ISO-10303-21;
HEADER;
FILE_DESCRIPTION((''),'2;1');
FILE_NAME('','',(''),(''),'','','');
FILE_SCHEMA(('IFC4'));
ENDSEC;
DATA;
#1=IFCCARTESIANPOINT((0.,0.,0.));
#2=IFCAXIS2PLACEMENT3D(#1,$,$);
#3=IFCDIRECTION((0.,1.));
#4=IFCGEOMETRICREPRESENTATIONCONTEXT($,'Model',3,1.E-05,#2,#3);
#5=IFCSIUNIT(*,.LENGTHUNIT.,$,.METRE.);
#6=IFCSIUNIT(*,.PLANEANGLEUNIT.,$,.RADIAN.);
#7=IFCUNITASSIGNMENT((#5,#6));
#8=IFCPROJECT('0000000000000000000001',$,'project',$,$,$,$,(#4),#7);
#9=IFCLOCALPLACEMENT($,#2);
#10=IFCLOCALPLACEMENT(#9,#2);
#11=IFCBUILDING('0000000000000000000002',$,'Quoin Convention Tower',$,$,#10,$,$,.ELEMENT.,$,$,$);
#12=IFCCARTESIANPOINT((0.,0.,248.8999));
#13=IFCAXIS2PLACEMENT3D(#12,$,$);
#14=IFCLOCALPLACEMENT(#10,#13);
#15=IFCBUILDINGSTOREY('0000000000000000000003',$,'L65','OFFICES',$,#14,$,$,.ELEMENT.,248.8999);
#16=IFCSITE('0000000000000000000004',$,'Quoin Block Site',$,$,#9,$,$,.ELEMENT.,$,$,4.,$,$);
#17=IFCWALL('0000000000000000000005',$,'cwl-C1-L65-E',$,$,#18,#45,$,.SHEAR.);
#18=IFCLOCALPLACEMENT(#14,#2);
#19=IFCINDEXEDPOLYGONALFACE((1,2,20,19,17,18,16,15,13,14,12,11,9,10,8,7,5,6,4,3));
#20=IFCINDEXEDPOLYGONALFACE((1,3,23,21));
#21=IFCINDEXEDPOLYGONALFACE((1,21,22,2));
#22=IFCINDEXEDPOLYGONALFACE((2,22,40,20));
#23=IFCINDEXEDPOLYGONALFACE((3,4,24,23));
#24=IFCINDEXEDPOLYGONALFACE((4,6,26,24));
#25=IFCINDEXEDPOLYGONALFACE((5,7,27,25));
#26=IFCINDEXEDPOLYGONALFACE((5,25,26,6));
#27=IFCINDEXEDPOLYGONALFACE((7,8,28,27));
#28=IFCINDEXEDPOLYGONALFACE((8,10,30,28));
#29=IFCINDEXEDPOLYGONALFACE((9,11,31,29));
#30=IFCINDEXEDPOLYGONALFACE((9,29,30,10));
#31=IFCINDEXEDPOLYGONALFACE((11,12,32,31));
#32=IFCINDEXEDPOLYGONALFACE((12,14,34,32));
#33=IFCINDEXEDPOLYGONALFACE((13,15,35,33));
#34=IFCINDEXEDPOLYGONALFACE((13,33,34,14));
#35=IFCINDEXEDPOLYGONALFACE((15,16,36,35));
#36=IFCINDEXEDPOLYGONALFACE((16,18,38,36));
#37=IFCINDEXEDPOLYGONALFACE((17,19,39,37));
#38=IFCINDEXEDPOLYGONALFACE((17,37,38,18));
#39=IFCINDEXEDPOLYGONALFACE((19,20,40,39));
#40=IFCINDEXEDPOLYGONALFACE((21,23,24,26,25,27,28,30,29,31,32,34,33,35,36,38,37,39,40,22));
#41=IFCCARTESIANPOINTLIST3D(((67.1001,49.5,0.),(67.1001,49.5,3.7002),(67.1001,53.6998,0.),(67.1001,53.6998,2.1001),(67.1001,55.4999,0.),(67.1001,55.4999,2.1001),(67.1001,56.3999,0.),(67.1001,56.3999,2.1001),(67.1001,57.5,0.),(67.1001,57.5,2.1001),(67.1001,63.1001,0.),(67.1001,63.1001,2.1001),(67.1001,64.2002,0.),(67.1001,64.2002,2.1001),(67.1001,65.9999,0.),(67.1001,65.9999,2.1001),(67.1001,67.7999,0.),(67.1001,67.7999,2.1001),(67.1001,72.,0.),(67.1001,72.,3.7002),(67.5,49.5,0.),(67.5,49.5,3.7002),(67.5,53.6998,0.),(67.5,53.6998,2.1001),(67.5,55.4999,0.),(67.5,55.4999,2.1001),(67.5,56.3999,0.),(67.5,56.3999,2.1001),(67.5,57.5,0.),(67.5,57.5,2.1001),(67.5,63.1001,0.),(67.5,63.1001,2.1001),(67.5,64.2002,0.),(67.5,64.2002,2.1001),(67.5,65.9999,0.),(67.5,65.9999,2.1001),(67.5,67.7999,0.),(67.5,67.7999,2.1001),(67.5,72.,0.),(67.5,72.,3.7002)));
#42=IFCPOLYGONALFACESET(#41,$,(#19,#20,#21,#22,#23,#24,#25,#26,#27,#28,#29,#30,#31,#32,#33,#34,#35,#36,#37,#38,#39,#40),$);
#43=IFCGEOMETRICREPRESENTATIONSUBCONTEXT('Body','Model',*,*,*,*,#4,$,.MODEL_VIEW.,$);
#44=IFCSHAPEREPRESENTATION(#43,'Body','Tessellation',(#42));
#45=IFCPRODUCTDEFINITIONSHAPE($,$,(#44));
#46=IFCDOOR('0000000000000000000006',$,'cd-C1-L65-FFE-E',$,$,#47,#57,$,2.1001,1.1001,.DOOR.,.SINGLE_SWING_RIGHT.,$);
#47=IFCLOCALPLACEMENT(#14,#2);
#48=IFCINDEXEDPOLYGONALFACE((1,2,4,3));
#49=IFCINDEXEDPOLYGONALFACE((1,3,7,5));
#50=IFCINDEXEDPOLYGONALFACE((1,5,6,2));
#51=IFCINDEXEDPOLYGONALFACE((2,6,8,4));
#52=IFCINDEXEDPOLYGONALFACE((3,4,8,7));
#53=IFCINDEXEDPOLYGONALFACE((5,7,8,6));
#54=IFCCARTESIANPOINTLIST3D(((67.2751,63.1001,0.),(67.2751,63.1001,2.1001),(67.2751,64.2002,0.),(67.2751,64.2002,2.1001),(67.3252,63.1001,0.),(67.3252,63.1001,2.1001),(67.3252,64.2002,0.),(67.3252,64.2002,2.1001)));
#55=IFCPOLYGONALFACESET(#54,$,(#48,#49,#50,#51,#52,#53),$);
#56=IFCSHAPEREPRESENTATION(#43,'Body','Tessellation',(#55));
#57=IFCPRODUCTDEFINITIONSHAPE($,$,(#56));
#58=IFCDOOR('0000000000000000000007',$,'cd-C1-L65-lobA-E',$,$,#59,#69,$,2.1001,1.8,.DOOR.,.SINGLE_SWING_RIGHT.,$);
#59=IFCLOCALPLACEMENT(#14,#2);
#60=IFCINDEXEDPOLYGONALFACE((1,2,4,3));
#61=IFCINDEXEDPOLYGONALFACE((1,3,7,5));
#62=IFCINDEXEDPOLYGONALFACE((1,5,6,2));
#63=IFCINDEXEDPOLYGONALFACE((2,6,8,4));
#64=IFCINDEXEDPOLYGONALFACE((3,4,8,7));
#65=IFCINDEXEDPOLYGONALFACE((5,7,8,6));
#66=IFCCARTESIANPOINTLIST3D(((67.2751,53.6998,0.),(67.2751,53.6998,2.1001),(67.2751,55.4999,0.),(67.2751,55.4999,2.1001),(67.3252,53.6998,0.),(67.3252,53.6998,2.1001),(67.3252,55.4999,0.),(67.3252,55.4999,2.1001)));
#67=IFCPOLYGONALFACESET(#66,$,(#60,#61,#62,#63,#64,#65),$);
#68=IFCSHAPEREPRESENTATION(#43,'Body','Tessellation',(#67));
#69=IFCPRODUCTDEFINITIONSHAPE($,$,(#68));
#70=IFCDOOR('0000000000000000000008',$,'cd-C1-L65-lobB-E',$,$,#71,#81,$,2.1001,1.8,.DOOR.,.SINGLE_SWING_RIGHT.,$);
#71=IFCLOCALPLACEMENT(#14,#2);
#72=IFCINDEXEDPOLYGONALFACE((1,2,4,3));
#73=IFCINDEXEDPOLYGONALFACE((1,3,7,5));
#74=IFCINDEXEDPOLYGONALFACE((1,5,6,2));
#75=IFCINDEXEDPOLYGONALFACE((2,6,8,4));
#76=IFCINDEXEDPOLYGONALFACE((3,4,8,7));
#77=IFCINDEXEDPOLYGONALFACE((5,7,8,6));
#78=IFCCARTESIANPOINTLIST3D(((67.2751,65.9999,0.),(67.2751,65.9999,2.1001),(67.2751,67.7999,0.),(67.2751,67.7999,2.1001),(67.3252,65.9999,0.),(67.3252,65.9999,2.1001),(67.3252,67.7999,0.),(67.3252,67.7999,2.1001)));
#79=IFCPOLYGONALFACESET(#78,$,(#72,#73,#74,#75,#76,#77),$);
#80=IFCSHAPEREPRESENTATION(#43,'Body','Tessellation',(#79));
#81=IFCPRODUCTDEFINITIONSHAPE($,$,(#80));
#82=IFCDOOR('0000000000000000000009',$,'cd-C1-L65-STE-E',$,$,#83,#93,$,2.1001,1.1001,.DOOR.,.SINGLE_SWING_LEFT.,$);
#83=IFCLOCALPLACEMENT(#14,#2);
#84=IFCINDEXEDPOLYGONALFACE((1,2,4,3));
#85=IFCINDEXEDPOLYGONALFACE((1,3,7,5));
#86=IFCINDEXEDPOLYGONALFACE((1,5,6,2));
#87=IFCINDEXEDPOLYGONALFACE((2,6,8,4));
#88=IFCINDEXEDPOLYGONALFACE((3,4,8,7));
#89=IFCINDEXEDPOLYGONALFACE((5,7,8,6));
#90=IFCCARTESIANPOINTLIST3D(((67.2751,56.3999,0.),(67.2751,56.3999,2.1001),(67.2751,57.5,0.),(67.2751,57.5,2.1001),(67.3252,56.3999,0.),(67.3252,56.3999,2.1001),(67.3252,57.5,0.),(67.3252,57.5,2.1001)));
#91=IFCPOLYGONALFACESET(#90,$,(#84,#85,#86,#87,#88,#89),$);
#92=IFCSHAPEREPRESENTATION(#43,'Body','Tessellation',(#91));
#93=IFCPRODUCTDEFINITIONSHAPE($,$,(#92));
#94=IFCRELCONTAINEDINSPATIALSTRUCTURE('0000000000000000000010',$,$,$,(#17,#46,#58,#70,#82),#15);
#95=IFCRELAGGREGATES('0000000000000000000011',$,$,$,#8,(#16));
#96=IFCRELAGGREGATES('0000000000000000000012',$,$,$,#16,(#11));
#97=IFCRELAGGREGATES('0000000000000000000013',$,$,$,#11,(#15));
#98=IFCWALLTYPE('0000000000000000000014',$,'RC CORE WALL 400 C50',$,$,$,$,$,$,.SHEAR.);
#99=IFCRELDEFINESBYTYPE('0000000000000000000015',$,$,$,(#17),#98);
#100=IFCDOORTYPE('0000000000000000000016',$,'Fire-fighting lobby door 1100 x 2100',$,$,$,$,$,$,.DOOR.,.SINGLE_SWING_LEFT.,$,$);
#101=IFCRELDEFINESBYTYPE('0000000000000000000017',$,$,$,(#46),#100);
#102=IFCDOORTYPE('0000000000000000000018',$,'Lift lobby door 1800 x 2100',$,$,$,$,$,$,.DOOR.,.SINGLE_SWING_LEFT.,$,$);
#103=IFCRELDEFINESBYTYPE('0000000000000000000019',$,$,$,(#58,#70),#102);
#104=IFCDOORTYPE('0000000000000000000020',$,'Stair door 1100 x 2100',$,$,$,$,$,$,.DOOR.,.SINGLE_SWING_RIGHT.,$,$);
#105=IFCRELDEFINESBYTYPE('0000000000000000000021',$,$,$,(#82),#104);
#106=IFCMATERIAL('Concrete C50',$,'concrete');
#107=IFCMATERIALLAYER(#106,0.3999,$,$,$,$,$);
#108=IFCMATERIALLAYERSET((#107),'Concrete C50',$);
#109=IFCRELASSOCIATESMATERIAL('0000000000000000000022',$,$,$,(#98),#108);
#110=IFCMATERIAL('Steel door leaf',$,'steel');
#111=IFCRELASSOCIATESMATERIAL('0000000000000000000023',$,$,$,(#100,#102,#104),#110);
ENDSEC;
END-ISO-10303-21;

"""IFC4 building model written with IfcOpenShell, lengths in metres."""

from ifc_helpers import new_model, si_unit, direction, frame, frame_2d, origin, place, context, subcontext, project, spatial, rectangle, extrude, material, layer, layer_set, type_object, element, fill, save


model = new_model("IFC4")

# Units and contexts
model_context = context("Model", 3, precision=1e-05, world=origin(), true_north=direction((0.0, 1.0)))
body_context = subcontext(model_context, "Body", "Model", "MODEL_VIEW")
ifc_project = project(units=[si_unit("LENGTHUNIT", "METRE"), si_unit("PLANEANGLEUNIT", "RADIAN")], contexts=[model_context])

# Site, building, storey
site_placement = place(None, origin())
site = spatial("IfcSite", under=ifc_project, at=site_placement, Name="Quoin Block Site", CompositionType="ELEMENT", RefElevation=4.0)
building_placement = place(site_placement, origin())
building = spatial("IfcBuilding", under=site, at=building_placement, Name="Quoin Convention Tower", CompositionType="ELEMENT")
storey_placement = place(building_placement, frame((0.0, 0.0, 248.8999)))
storey = spatial("IfcBuildingStorey", under=building, at=storey_placement, Name="L65", Description="OFFICES", CompositionType="ELEMENT", Elevation=248.8999)

# Shared definitions
ifc_material_1 = material(Name="Concrete C50", Category="concrete")

# Wall, openings, doors
ifc_layer_1 = layer(ifc_material_1, 0.3999)
ifc_layer_set_1 = layer_set([ifc_layer_1], Name="Concrete C50")
wall_type_1 = type_object("IfcWallType", Name="RC CORE WALL 400 C50", PredefinedType="SHEAR", material=ifc_layer_set_1)
wall_1_placement = place(storey_placement, frame((67.3, 49.5, 0.0), z_axis=(0.0, 0.0, 1.0), x_axis=(0.0, 1.0, 0.0)))
wall_1 = element("IfcWall", 1, at=wall_1_placement, inside=storey, type_object=wall_type_1, Name="cwl-C1-L65-E", PredefinedType="SHEAR", context=body_context, shape_type="SweptSolid", body=[
    extrude(rectangle(XDim=22.5, YDim=0.3999, at=frame_2d((11.25, 0.0))), origin(), (0.0, 0.0, 1.0), 3.7002),
])
opening_1_placement = place(wall_1_placement, frame((4.2, 0.0, 0.0)))
opening_1 = element("IfcOpeningElement", 2, at=opening_1_placement, cuts=wall_1, PredefinedType="OPENING", context=body_context, shape_type="SweptSolid", body=[
    extrude(rectangle(XDim=1.8, YDim=2.1001, at=frame_2d((0.8999, 1.05))), frame((0.0, 0.21, 0.0), z_axis=(0.0, -1.0, 0.0), x_axis=(1.0, 0.0, 0.0)), (0.0, 0.0, 1.0), 0.4199),
])
opening_2_placement = place(wall_1_placement, frame((6.8999, 0.0, 0.0)))
opening_2 = element("IfcOpeningElement", 3, at=opening_2_placement, cuts=wall_1, PredefinedType="OPENING", context=body_context, shape_type="SweptSolid", body=[
    extrude(rectangle(XDim=1.1001, YDim=2.1001, at=frame_2d((0.55, 1.05))), frame((0.0, 0.21, 0.0), z_axis=(0.0, -1.0, 0.0), x_axis=(1.0, 0.0, 0.0)), (0.0, 0.0, 1.0), 0.4199),
])
opening_3_placement = place(wall_1_placement, frame((13.6001, 0.0, 0.0)))
opening_3 = element("IfcOpeningElement", 4, at=opening_3_placement, cuts=wall_1, PredefinedType="OPENING", context=body_context, shape_type="SweptSolid", body=[
    extrude(rectangle(XDim=1.1001, YDim=2.1001, at=frame_2d((0.55, 1.05))), frame((0.0, 0.21, 0.0), z_axis=(0.0, -1.0, 0.0), x_axis=(1.0, 0.0, 0.0)), (0.0, 0.0, 1.0), 0.4199),
])
opening_4_placement = place(wall_1_placement, frame((16.5, 0.0, 0.0)))
opening_4 = element("IfcOpeningElement", 5, at=opening_4_placement, cuts=wall_1, PredefinedType="OPENING", context=body_context, shape_type="SweptSolid", body=[
    extrude(rectangle(XDim=1.8, YDim=2.1001, at=frame_2d((0.8999, 1.05))), frame((0.0, 0.21, 0.0), z_axis=(0.0, -1.0, 0.0), x_axis=(1.0, 0.0, 0.0)), (0.0, 0.0, 1.0), 0.4199),
])
ifc_material_2 = material(Name="Steel door leaf", Category="steel")
door_type_1 = type_object("IfcDoorType", Name="Fire-fighting lobby door 1100 x 2100", OperationType="SINGLE_SWING_LEFT", PredefinedType="DOOR", material=ifc_material_2)
door_1_placement = place(opening_3_placement, origin())
door_1 = element("IfcDoor", 6, at=door_1_placement, inside=storey, type_object=door_type_1, Name="cd-C1-L65-FFE-E", OperationType="SINGLE_SWING_RIGHT", OverallHeight=2.1001, OverallWidth=1.1001, PredefinedType="DOOR", context=body_context, shape_type="SweptSolid", body=[
    extrude(rectangle(XDim=1.1001, YDim=2.1001, at=frame_2d((0.55, 1.05))), frame((0.0, 0.0249, 0.0), z_axis=(0.0, -1.0, 0.0), x_axis=(1.0, 0.0, 0.0)), (0.0, 0.0, 1.0), 0.05),
])
fill(opening_3, door_1)
door_type_2 = type_object("IfcDoorType", Name="Lift lobby door 1800 x 2100", OperationType="SINGLE_SWING_LEFT", PredefinedType="DOOR", material=ifc_material_2)
door_2_placement = place(opening_1_placement, origin())
door_2 = element("IfcDoor", 7, at=door_2_placement, inside=storey, type_object=door_type_2, Name="cd-C1-L65-lobA-E", OperationType="SINGLE_SWING_RIGHT", OverallHeight=2.1001, OverallWidth=1.8, PredefinedType="DOOR", context=body_context, shape_type="SweptSolid", body=[
    extrude(rectangle(XDim=1.8, YDim=2.1001, at=frame_2d((0.8999, 1.05))), frame((0.0, 0.0249, 0.0), z_axis=(0.0, -1.0, 0.0), x_axis=(1.0, 0.0, 0.0)), (0.0, 0.0, 1.0), 0.05),
])
fill(opening_1, door_2)
door_3_placement = place(opening_4_placement, origin())
door_3 = element("IfcDoor", 8, at=door_3_placement, inside=storey, type_object=door_type_2, Name="cd-C1-L65-lobB-E", OperationType="SINGLE_SWING_RIGHT", OverallHeight=2.1001, OverallWidth=1.8, PredefinedType="DOOR", context=body_context, shape_type="SweptSolid", body=[
    extrude(rectangle(XDim=1.8, YDim=2.1001, at=frame_2d((0.8999, 1.05))), frame((0.0, 0.0249, 0.0), z_axis=(0.0, -1.0, 0.0), x_axis=(1.0, 0.0, 0.0)), (0.0, 0.0, 1.0), 0.05),
])
fill(opening_4, door_3)
door_type_3 = type_object("IfcDoorType", Name="Stair door 1100 x 2100", OperationType="SINGLE_SWING_RIGHT", PredefinedType="DOOR", material=ifc_material_2)
door_4_placement = place(opening_2_placement, origin())
door_4 = element("IfcDoor", 9, at=door_4_placement, inside=storey, type_object=door_type_3, Name="cd-C1-L65-STE-E", OperationType="SINGLE_SWING_LEFT", OverallHeight=2.1001, OverallWidth=1.1001, PredefinedType="DOOR", context=body_context, shape_type="SweptSolid", body=[
    extrude(rectangle(XDim=1.1001, YDim=2.1001, at=frame_2d((0.55, 1.05))), frame((0.0, 0.0249, 0.0), z_axis=(0.0, -1.0, 0.0), x_axis=(1.0, 0.0, 0.0)), (0.0, 0.0, 1.0), 0.05),
])
fill(opening_2, door_4)

save(model, "model.ifc")
